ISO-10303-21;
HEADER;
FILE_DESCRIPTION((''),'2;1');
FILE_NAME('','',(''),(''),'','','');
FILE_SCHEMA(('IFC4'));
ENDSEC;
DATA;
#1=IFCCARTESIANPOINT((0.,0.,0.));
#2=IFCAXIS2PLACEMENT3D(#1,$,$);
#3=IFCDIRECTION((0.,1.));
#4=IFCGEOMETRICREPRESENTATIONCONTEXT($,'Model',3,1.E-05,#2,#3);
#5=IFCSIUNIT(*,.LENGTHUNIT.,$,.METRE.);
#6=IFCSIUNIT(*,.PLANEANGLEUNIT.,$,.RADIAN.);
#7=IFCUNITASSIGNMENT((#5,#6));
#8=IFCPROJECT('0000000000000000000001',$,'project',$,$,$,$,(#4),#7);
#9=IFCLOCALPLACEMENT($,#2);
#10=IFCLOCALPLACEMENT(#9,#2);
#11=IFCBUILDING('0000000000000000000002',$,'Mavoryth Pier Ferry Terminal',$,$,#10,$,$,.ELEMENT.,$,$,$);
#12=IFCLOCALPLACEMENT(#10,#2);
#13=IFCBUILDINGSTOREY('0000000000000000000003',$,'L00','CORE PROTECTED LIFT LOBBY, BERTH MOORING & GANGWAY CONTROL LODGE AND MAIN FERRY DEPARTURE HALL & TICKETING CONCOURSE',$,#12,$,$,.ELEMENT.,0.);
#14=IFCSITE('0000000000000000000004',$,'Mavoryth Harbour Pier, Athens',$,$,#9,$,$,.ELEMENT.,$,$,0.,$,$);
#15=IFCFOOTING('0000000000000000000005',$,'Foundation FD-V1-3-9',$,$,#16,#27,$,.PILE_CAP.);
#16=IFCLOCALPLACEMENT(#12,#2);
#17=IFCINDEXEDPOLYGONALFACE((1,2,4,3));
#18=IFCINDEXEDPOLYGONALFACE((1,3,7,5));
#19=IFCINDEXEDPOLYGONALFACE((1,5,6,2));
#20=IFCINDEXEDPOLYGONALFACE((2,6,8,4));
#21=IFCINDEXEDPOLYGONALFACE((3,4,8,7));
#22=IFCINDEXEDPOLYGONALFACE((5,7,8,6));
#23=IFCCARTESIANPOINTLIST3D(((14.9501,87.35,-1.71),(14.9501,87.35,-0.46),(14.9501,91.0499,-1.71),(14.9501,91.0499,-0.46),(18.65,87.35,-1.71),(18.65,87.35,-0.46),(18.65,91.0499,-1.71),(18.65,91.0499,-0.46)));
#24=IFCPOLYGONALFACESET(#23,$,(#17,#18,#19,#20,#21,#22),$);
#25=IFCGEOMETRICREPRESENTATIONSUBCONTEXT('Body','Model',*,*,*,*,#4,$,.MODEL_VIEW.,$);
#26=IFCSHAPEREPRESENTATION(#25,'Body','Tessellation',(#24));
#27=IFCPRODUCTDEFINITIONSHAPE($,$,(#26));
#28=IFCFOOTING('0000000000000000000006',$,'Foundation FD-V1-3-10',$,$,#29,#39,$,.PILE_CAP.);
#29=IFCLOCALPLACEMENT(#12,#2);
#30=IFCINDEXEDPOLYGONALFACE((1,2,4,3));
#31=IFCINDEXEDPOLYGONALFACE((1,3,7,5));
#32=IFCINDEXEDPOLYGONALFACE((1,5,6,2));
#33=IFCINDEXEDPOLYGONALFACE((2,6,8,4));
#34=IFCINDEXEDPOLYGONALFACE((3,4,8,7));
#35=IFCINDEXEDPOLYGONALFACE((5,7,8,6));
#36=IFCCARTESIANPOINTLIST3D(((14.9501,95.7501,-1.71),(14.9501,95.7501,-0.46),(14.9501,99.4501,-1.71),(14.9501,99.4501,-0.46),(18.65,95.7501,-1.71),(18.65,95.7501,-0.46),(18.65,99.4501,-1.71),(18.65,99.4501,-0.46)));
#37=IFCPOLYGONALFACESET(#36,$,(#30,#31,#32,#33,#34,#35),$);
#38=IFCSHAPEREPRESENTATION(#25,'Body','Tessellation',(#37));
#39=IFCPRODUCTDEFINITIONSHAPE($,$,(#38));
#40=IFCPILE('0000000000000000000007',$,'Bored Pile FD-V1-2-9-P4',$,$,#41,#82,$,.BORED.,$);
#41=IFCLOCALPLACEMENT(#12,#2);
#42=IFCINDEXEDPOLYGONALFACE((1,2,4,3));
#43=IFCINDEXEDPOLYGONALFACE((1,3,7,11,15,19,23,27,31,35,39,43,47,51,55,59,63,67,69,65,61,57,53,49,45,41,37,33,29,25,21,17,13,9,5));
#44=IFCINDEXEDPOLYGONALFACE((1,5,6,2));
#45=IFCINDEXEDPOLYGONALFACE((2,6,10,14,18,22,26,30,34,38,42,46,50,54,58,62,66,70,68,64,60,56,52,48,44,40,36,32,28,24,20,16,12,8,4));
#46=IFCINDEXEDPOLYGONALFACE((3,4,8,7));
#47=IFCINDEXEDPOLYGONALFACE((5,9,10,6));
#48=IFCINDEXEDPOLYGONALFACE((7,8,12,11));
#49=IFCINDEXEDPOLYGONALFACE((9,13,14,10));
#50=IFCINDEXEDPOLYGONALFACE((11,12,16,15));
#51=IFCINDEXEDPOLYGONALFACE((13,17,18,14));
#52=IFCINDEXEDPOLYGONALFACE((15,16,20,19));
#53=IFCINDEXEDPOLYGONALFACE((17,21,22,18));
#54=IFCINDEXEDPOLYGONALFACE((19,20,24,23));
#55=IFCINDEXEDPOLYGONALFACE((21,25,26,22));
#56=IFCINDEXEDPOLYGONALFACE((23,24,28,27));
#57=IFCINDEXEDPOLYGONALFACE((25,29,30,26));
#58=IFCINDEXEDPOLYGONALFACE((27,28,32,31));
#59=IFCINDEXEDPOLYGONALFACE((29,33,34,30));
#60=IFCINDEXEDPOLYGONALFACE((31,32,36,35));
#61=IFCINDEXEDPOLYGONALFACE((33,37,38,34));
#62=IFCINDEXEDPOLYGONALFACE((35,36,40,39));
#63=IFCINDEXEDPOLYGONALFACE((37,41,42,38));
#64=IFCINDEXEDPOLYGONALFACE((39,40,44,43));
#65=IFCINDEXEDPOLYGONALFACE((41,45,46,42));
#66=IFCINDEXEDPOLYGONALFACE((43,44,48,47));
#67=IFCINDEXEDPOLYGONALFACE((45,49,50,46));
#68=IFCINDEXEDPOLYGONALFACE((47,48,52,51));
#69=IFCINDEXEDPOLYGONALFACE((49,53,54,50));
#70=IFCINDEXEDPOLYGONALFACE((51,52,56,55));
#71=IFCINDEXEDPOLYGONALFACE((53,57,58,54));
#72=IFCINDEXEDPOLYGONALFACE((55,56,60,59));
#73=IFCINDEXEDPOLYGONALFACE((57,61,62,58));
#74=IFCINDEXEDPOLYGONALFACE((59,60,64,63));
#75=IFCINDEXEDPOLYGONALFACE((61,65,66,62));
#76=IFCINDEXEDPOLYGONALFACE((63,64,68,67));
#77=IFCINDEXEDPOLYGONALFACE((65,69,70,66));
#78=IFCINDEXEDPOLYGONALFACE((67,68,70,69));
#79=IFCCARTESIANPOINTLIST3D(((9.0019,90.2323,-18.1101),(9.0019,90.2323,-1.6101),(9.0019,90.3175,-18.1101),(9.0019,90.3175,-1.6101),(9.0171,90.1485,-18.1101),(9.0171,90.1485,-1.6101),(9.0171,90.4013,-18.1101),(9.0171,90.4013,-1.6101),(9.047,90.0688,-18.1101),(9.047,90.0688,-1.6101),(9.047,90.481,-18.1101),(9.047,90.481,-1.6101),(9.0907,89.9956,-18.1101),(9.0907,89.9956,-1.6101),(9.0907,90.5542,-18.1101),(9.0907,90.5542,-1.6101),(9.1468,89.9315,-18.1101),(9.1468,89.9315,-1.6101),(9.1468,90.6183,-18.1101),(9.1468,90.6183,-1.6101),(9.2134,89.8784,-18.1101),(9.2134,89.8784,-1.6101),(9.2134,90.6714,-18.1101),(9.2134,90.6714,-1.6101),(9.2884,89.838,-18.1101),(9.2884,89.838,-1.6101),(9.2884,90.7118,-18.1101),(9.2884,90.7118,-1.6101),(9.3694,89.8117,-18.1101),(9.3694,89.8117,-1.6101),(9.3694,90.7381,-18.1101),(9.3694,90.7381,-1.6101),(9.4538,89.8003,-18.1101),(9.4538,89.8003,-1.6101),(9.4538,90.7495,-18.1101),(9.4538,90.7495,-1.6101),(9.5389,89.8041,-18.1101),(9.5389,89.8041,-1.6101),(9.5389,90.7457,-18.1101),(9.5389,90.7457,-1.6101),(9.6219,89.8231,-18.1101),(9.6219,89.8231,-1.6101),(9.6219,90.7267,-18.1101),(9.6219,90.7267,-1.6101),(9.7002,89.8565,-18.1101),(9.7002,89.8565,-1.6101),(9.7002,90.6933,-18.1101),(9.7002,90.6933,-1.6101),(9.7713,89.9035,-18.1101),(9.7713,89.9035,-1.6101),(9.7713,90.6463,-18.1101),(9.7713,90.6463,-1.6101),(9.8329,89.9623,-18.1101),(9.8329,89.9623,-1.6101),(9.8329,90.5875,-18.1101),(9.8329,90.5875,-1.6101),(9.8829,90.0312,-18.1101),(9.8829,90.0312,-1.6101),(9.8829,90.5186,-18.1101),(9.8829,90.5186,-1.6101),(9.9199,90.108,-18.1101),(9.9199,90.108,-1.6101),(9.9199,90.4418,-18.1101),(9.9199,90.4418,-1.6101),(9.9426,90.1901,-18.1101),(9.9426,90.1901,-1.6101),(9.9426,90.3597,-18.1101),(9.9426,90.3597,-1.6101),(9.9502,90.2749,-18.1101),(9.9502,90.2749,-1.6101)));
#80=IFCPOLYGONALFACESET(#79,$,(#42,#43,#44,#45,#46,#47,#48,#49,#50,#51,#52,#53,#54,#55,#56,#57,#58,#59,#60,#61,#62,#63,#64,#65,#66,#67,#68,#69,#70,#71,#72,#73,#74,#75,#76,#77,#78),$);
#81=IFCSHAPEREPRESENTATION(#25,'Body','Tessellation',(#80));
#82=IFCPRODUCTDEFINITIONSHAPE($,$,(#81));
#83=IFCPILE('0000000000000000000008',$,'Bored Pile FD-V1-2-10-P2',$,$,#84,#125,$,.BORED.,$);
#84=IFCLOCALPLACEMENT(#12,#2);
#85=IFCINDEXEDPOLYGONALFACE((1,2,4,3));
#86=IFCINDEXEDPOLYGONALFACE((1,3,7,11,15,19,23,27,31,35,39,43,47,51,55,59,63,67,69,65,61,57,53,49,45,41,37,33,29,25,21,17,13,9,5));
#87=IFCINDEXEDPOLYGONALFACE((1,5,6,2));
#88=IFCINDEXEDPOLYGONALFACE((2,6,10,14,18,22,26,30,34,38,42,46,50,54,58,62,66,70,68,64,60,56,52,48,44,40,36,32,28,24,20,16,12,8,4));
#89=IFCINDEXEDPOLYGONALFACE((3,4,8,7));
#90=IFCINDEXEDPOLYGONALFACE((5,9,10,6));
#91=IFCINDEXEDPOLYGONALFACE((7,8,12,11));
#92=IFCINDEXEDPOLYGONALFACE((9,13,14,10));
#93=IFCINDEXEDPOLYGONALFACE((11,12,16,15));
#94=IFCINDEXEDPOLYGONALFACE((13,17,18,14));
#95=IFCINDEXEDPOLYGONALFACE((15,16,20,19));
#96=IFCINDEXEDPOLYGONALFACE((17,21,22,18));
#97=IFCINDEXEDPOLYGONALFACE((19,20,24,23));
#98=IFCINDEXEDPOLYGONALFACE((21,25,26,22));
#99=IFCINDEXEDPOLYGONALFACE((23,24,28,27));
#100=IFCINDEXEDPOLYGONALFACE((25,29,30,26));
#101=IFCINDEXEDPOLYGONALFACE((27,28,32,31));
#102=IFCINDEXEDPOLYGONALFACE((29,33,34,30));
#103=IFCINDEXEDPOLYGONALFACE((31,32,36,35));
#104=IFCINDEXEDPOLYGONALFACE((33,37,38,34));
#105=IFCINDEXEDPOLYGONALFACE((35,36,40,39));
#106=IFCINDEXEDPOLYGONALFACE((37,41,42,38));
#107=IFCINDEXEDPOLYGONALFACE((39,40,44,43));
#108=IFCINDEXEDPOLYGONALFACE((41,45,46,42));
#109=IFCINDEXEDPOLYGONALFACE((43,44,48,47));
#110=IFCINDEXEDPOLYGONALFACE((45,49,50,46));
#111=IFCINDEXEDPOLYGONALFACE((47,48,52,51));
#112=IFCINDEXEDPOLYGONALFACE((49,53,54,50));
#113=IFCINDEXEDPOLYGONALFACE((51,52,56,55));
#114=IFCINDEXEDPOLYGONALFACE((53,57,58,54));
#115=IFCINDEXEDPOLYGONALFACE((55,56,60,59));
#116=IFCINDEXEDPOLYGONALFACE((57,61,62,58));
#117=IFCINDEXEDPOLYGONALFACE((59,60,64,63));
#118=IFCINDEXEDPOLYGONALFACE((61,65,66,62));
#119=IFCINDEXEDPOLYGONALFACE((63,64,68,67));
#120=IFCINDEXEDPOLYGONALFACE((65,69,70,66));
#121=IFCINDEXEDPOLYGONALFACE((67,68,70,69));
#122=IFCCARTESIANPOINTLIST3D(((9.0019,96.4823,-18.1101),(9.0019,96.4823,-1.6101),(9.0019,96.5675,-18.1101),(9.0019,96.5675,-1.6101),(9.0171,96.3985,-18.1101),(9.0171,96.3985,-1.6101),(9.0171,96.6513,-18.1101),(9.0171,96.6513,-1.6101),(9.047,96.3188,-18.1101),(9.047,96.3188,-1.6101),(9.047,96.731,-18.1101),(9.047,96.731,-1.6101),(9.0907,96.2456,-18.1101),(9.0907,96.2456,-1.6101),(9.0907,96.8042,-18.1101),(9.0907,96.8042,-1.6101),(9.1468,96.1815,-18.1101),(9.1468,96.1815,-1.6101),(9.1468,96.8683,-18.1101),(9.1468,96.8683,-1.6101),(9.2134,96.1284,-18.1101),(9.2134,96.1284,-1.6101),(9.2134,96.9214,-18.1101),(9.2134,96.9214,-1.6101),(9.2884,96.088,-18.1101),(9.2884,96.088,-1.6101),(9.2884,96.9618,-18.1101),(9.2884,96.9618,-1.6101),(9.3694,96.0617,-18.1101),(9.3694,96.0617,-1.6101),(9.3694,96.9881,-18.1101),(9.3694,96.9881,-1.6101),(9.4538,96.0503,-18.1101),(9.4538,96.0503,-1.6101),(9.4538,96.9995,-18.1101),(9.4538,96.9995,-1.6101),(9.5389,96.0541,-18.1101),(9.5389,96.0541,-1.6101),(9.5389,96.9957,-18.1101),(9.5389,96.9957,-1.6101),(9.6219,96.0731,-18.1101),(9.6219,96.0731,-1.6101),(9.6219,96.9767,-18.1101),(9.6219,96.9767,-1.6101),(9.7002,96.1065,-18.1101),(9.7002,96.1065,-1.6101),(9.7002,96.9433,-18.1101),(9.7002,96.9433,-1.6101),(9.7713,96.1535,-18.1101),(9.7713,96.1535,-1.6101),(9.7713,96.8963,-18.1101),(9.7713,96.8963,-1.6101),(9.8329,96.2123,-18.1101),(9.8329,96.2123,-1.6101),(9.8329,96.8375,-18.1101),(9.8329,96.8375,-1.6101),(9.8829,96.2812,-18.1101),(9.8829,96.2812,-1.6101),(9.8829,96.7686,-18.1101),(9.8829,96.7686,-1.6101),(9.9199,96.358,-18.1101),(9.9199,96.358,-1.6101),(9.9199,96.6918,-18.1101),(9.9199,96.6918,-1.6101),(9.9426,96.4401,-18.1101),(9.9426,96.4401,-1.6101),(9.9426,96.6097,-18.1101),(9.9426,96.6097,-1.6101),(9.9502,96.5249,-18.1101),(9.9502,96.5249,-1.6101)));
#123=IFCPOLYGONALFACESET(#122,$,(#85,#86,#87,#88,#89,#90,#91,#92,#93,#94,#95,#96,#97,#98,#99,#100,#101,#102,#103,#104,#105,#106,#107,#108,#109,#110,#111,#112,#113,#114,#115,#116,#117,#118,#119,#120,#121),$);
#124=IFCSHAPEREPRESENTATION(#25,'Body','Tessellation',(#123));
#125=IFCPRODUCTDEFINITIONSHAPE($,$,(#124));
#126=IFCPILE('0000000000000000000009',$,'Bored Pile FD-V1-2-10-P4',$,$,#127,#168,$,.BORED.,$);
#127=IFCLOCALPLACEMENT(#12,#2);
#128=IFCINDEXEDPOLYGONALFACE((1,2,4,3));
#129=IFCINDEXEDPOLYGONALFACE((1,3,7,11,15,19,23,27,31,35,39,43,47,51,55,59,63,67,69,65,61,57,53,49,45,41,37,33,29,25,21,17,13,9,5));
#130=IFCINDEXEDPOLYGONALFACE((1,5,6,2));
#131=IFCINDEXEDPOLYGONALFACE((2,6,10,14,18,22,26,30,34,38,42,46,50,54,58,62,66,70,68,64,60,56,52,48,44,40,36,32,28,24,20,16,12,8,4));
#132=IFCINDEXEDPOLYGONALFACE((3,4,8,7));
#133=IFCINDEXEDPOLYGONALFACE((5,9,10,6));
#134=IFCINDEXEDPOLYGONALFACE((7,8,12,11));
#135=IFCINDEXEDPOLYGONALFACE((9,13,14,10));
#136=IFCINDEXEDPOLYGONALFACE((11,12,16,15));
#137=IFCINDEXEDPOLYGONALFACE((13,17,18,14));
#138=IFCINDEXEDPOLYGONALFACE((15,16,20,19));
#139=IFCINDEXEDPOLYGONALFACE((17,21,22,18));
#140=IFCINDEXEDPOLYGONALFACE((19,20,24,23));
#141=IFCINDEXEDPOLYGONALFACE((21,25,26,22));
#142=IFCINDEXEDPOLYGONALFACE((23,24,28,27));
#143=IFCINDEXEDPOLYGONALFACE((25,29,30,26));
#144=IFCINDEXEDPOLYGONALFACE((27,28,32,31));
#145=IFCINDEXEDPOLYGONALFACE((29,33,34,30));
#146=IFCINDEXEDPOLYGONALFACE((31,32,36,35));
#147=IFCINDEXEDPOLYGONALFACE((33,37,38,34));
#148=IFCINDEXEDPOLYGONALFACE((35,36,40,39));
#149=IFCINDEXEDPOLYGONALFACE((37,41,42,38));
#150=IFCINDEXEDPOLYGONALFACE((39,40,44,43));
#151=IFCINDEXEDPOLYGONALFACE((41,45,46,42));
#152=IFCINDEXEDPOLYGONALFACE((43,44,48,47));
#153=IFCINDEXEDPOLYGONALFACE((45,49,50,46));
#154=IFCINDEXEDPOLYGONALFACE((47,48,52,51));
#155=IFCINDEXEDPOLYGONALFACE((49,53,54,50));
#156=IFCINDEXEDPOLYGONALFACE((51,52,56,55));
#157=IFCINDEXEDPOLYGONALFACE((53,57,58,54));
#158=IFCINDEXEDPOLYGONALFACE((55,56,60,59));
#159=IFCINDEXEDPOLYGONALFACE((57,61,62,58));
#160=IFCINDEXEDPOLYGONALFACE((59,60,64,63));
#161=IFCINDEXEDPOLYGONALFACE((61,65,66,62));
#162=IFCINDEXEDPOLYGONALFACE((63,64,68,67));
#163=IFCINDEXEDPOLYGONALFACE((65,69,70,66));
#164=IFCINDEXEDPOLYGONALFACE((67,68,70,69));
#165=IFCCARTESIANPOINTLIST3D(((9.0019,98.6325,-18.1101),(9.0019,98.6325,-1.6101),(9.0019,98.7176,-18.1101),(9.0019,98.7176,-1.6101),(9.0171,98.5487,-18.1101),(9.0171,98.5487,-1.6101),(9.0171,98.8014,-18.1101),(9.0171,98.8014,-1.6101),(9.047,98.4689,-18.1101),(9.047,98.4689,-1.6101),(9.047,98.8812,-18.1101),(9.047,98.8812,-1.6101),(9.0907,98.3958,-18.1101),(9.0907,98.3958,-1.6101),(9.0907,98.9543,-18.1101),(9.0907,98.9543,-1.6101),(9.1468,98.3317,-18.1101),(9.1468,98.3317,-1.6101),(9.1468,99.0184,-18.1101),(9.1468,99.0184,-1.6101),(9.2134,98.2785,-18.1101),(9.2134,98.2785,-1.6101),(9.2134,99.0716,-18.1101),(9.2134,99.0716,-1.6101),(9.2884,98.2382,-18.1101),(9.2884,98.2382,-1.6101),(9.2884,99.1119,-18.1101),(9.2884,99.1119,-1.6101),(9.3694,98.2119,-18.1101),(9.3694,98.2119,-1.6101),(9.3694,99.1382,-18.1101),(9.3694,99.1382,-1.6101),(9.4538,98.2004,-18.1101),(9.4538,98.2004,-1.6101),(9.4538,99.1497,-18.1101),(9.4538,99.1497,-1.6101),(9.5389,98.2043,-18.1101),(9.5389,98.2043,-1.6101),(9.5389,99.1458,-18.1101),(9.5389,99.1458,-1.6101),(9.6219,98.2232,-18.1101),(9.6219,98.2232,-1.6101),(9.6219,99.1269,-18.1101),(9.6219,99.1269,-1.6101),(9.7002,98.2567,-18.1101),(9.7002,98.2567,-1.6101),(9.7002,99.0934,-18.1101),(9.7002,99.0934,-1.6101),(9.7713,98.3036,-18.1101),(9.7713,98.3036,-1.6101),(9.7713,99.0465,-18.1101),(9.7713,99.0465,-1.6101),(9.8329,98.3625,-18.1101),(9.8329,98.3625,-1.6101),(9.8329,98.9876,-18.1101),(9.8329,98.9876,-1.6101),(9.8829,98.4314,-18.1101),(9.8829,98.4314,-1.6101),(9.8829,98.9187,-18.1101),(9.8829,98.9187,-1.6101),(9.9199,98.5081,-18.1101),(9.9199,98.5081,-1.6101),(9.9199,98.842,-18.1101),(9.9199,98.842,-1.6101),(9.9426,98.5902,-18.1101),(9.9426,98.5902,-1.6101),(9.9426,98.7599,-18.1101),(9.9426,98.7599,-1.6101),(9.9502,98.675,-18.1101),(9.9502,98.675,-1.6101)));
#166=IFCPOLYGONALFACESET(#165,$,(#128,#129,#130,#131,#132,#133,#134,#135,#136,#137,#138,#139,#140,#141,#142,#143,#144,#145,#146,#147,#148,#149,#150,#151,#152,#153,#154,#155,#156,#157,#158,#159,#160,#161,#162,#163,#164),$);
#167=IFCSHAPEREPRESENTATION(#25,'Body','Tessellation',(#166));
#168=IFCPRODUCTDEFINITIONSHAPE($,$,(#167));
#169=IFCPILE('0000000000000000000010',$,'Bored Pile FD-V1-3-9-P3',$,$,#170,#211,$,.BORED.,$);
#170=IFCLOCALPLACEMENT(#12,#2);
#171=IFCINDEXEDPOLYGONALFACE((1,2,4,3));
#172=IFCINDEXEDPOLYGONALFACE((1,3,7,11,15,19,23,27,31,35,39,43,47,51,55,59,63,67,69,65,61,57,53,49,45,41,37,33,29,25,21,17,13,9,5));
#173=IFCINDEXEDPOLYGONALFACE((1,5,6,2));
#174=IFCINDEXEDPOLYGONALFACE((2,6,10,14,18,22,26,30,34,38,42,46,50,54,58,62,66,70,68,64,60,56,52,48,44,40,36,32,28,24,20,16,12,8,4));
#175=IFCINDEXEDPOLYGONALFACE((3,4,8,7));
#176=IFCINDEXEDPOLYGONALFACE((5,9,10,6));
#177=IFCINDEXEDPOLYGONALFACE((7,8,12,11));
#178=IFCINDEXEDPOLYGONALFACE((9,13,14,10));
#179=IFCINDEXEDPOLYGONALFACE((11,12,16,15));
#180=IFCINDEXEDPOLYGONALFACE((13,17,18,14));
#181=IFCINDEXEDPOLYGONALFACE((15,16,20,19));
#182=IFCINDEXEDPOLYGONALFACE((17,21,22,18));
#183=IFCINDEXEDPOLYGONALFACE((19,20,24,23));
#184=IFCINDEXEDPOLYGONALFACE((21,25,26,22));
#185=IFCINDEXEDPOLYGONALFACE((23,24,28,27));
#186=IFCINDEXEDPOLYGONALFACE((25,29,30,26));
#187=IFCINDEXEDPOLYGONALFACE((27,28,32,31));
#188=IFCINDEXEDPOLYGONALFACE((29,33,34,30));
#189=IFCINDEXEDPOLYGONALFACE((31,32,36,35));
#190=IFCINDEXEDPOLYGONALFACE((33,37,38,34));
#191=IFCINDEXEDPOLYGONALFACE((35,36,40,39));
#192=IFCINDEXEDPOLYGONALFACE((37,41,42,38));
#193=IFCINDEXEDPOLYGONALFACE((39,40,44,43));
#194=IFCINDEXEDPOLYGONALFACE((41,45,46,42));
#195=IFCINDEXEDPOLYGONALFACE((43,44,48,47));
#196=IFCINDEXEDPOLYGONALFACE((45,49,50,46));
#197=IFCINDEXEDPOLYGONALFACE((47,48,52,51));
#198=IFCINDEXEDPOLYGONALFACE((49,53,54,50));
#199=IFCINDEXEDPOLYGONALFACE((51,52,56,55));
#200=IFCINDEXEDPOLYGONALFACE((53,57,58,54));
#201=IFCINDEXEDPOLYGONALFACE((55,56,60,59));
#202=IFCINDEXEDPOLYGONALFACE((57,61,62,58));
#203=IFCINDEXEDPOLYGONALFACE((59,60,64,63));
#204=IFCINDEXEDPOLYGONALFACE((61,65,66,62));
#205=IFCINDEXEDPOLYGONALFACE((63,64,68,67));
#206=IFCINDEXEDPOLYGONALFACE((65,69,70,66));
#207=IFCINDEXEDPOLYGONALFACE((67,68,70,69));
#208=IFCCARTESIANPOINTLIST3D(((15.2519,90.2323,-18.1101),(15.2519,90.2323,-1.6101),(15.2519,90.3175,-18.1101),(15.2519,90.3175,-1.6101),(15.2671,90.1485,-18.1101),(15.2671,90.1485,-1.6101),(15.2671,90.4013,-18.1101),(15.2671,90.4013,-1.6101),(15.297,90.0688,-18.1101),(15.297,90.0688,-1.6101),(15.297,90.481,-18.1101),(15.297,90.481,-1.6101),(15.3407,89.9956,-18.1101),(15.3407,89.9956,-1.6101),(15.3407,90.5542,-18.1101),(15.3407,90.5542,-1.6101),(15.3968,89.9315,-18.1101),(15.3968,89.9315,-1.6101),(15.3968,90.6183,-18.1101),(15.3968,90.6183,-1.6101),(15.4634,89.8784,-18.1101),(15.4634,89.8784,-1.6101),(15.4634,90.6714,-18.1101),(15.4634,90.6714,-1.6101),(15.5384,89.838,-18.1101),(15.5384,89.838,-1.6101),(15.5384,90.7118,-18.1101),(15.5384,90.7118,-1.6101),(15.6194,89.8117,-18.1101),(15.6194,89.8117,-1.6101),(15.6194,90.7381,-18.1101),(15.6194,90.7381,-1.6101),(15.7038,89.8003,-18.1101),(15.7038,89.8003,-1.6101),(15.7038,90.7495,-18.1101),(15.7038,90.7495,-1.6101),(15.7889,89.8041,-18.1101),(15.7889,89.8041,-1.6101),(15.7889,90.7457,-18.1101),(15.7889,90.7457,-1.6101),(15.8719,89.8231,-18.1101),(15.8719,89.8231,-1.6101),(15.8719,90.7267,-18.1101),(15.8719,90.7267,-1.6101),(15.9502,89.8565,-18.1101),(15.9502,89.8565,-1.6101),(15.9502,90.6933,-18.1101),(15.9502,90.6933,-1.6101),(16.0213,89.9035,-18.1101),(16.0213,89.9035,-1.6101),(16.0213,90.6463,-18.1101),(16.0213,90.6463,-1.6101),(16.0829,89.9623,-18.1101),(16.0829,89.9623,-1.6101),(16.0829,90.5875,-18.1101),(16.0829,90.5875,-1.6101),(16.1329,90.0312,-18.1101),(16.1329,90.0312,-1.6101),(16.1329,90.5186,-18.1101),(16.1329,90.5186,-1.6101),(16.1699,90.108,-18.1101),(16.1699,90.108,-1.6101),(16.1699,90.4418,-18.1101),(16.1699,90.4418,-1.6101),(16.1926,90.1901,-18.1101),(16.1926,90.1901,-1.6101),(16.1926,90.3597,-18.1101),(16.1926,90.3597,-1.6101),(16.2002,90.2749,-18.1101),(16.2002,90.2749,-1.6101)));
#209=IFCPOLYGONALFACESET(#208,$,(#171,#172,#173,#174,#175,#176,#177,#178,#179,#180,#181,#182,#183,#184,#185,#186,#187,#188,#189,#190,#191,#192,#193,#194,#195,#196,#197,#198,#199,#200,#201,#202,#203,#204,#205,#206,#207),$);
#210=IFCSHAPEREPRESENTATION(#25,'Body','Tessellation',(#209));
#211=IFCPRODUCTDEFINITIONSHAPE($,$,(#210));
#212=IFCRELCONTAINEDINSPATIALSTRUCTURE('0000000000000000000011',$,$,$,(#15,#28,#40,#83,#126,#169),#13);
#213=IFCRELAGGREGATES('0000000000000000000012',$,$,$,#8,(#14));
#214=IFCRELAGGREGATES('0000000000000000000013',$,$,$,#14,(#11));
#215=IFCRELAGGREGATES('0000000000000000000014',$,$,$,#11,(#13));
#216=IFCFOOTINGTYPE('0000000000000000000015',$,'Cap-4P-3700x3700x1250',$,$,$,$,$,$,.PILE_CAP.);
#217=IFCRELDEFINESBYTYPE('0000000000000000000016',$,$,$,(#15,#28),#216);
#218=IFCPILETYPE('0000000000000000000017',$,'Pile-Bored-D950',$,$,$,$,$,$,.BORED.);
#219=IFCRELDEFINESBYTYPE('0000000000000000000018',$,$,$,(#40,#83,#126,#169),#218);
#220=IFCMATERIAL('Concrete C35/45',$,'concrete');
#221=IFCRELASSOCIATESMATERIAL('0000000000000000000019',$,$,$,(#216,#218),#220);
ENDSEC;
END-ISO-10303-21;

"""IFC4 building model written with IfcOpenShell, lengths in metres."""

from ifc_helpers import new_model, si_unit, direction, frame, origin, origin_2d, place, context, subcontext, project, spatial, rectangle, circle, extrude, material, material_profile, profile_set, type_object, element, save


model = new_model("IFC4")

# Units and contexts
model_context = context("Model", 3, precision=1e-05, world=origin(), true_north=direction((0.0, 1.0)))
body_context = subcontext(model_context, "Body", "Model", "MODEL_VIEW")
ifc_project = project(units=[si_unit("LENGTHUNIT", "METRE"), si_unit("PLANEANGLEUNIT", "RADIAN")], contexts=[model_context])

# Site, building, storey
site_placement = place(None, origin())
site = spatial("IfcSite", under=ifc_project, at=site_placement, Name="Mavoryth Harbour Pier, Athens", CompositionType="ELEMENT", RefElevation=0.0)
building_placement = place(site_placement, origin())
building = spatial("IfcBuilding", under=site, at=building_placement, Name="Mavoryth Pier Ferry Terminal", CompositionType="ELEMENT")
storey_placement = place(building_placement, origin())
storey = spatial("IfcBuildingStorey", under=building, at=storey_placement, Name="L00", Description="CORE PROTECTED LIFT LOBBY, BERTH MOORING & GANGWAY CONTROL LODGE AND MAIN FERRY DEPARTURE HALL & TICKETING CONCOURSE", CompositionType="ELEMENT", Elevation=0.0)

# Footings
ifc_material_1 = material(Name="Concrete C35/45", Category="concrete")
footing_type_1 = type_object("IfcFootingType", Name="Cap-4P-3700x3700x1250", PredefinedType="PILE_CAP", material=ifc_material_1)
for number, where, z_axis, x_axis, name in (
    (1, (16.8, 89.2, -1.71), (0.0, 0.0, 1.0), (1.0, 0.0, 0.0), "Foundation FD-V1-3-9"),
    (2, (16.8, 97.6001, -1.71), (0.0, 0.0, 1.0), (1.0, 0.0, 0.0), "Foundation FD-V1-3-10"),
):
    element("IfcFooting", number, at=place(storey_placement, frame(where, z_axis=z_axis, x_axis=x_axis)), inside=storey, type_object=footing_type_1, Name=name, PredefinedType="PILE_CAP", context=body_context, shape_type="SweptSolid", body=[
        extrude(rectangle(XDim=3.7, YDim=3.7, at=origin_2d()), origin(), (0.0, 0.0, 1.0), 1.25),
    ])

# Piles
ifc_material_profile_1 = material_profile(ifc_material_1, circle(Radius=0.4751, at=origin_2d()), Name="PILE D950", Category="concrete")
ifc_profile_set_1 = profile_set([ifc_material_profile_1], Name="Concrete C35/45 - PILE D950")
pile_type = type_object("IfcPileType", Name="Pile-Bored-D950", PredefinedType="BORED", material=ifc_profile_set_1)
for number, where, z_axis, x_axis, name in (
    (3, (9.4751, 90.2749, -1.6101), (0.0, 0.0, -1.0), (1.0, 0.0, 0.0), "Bored Pile FD-V1-2-9-P4"),
    (4, (9.4751, 96.5249, -1.6101), (0.0, 0.0, -1.0), (1.0, 0.0, 0.0), "Bored Pile FD-V1-2-10-P2"),
    (5, (9.4751, 98.675, -1.6101), (0.0, 0.0, -1.0), (1.0, 0.0, 0.0), "Bored Pile FD-V1-2-10-P4"),
    (6, (15.7251, 90.2749, -1.6101), (0.0, 0.0, -1.0), (1.0, 0.0, 0.0), "Bored Pile FD-V1-3-9-P3"),
):
    element("IfcPile", number, at=place(storey_placement, frame(where, z_axis=z_axis, x_axis=x_axis)), inside=storey, type_object=pile_type, Name=name, PredefinedType="BORED", context=body_context, shape_type="SweptSolid", body=[
        extrude(circle(Radius=0.4751, at=origin_2d()), origin(), (0.0, 0.0, 1.0), 16.5),
    ])

save(model, "model.ifc")
